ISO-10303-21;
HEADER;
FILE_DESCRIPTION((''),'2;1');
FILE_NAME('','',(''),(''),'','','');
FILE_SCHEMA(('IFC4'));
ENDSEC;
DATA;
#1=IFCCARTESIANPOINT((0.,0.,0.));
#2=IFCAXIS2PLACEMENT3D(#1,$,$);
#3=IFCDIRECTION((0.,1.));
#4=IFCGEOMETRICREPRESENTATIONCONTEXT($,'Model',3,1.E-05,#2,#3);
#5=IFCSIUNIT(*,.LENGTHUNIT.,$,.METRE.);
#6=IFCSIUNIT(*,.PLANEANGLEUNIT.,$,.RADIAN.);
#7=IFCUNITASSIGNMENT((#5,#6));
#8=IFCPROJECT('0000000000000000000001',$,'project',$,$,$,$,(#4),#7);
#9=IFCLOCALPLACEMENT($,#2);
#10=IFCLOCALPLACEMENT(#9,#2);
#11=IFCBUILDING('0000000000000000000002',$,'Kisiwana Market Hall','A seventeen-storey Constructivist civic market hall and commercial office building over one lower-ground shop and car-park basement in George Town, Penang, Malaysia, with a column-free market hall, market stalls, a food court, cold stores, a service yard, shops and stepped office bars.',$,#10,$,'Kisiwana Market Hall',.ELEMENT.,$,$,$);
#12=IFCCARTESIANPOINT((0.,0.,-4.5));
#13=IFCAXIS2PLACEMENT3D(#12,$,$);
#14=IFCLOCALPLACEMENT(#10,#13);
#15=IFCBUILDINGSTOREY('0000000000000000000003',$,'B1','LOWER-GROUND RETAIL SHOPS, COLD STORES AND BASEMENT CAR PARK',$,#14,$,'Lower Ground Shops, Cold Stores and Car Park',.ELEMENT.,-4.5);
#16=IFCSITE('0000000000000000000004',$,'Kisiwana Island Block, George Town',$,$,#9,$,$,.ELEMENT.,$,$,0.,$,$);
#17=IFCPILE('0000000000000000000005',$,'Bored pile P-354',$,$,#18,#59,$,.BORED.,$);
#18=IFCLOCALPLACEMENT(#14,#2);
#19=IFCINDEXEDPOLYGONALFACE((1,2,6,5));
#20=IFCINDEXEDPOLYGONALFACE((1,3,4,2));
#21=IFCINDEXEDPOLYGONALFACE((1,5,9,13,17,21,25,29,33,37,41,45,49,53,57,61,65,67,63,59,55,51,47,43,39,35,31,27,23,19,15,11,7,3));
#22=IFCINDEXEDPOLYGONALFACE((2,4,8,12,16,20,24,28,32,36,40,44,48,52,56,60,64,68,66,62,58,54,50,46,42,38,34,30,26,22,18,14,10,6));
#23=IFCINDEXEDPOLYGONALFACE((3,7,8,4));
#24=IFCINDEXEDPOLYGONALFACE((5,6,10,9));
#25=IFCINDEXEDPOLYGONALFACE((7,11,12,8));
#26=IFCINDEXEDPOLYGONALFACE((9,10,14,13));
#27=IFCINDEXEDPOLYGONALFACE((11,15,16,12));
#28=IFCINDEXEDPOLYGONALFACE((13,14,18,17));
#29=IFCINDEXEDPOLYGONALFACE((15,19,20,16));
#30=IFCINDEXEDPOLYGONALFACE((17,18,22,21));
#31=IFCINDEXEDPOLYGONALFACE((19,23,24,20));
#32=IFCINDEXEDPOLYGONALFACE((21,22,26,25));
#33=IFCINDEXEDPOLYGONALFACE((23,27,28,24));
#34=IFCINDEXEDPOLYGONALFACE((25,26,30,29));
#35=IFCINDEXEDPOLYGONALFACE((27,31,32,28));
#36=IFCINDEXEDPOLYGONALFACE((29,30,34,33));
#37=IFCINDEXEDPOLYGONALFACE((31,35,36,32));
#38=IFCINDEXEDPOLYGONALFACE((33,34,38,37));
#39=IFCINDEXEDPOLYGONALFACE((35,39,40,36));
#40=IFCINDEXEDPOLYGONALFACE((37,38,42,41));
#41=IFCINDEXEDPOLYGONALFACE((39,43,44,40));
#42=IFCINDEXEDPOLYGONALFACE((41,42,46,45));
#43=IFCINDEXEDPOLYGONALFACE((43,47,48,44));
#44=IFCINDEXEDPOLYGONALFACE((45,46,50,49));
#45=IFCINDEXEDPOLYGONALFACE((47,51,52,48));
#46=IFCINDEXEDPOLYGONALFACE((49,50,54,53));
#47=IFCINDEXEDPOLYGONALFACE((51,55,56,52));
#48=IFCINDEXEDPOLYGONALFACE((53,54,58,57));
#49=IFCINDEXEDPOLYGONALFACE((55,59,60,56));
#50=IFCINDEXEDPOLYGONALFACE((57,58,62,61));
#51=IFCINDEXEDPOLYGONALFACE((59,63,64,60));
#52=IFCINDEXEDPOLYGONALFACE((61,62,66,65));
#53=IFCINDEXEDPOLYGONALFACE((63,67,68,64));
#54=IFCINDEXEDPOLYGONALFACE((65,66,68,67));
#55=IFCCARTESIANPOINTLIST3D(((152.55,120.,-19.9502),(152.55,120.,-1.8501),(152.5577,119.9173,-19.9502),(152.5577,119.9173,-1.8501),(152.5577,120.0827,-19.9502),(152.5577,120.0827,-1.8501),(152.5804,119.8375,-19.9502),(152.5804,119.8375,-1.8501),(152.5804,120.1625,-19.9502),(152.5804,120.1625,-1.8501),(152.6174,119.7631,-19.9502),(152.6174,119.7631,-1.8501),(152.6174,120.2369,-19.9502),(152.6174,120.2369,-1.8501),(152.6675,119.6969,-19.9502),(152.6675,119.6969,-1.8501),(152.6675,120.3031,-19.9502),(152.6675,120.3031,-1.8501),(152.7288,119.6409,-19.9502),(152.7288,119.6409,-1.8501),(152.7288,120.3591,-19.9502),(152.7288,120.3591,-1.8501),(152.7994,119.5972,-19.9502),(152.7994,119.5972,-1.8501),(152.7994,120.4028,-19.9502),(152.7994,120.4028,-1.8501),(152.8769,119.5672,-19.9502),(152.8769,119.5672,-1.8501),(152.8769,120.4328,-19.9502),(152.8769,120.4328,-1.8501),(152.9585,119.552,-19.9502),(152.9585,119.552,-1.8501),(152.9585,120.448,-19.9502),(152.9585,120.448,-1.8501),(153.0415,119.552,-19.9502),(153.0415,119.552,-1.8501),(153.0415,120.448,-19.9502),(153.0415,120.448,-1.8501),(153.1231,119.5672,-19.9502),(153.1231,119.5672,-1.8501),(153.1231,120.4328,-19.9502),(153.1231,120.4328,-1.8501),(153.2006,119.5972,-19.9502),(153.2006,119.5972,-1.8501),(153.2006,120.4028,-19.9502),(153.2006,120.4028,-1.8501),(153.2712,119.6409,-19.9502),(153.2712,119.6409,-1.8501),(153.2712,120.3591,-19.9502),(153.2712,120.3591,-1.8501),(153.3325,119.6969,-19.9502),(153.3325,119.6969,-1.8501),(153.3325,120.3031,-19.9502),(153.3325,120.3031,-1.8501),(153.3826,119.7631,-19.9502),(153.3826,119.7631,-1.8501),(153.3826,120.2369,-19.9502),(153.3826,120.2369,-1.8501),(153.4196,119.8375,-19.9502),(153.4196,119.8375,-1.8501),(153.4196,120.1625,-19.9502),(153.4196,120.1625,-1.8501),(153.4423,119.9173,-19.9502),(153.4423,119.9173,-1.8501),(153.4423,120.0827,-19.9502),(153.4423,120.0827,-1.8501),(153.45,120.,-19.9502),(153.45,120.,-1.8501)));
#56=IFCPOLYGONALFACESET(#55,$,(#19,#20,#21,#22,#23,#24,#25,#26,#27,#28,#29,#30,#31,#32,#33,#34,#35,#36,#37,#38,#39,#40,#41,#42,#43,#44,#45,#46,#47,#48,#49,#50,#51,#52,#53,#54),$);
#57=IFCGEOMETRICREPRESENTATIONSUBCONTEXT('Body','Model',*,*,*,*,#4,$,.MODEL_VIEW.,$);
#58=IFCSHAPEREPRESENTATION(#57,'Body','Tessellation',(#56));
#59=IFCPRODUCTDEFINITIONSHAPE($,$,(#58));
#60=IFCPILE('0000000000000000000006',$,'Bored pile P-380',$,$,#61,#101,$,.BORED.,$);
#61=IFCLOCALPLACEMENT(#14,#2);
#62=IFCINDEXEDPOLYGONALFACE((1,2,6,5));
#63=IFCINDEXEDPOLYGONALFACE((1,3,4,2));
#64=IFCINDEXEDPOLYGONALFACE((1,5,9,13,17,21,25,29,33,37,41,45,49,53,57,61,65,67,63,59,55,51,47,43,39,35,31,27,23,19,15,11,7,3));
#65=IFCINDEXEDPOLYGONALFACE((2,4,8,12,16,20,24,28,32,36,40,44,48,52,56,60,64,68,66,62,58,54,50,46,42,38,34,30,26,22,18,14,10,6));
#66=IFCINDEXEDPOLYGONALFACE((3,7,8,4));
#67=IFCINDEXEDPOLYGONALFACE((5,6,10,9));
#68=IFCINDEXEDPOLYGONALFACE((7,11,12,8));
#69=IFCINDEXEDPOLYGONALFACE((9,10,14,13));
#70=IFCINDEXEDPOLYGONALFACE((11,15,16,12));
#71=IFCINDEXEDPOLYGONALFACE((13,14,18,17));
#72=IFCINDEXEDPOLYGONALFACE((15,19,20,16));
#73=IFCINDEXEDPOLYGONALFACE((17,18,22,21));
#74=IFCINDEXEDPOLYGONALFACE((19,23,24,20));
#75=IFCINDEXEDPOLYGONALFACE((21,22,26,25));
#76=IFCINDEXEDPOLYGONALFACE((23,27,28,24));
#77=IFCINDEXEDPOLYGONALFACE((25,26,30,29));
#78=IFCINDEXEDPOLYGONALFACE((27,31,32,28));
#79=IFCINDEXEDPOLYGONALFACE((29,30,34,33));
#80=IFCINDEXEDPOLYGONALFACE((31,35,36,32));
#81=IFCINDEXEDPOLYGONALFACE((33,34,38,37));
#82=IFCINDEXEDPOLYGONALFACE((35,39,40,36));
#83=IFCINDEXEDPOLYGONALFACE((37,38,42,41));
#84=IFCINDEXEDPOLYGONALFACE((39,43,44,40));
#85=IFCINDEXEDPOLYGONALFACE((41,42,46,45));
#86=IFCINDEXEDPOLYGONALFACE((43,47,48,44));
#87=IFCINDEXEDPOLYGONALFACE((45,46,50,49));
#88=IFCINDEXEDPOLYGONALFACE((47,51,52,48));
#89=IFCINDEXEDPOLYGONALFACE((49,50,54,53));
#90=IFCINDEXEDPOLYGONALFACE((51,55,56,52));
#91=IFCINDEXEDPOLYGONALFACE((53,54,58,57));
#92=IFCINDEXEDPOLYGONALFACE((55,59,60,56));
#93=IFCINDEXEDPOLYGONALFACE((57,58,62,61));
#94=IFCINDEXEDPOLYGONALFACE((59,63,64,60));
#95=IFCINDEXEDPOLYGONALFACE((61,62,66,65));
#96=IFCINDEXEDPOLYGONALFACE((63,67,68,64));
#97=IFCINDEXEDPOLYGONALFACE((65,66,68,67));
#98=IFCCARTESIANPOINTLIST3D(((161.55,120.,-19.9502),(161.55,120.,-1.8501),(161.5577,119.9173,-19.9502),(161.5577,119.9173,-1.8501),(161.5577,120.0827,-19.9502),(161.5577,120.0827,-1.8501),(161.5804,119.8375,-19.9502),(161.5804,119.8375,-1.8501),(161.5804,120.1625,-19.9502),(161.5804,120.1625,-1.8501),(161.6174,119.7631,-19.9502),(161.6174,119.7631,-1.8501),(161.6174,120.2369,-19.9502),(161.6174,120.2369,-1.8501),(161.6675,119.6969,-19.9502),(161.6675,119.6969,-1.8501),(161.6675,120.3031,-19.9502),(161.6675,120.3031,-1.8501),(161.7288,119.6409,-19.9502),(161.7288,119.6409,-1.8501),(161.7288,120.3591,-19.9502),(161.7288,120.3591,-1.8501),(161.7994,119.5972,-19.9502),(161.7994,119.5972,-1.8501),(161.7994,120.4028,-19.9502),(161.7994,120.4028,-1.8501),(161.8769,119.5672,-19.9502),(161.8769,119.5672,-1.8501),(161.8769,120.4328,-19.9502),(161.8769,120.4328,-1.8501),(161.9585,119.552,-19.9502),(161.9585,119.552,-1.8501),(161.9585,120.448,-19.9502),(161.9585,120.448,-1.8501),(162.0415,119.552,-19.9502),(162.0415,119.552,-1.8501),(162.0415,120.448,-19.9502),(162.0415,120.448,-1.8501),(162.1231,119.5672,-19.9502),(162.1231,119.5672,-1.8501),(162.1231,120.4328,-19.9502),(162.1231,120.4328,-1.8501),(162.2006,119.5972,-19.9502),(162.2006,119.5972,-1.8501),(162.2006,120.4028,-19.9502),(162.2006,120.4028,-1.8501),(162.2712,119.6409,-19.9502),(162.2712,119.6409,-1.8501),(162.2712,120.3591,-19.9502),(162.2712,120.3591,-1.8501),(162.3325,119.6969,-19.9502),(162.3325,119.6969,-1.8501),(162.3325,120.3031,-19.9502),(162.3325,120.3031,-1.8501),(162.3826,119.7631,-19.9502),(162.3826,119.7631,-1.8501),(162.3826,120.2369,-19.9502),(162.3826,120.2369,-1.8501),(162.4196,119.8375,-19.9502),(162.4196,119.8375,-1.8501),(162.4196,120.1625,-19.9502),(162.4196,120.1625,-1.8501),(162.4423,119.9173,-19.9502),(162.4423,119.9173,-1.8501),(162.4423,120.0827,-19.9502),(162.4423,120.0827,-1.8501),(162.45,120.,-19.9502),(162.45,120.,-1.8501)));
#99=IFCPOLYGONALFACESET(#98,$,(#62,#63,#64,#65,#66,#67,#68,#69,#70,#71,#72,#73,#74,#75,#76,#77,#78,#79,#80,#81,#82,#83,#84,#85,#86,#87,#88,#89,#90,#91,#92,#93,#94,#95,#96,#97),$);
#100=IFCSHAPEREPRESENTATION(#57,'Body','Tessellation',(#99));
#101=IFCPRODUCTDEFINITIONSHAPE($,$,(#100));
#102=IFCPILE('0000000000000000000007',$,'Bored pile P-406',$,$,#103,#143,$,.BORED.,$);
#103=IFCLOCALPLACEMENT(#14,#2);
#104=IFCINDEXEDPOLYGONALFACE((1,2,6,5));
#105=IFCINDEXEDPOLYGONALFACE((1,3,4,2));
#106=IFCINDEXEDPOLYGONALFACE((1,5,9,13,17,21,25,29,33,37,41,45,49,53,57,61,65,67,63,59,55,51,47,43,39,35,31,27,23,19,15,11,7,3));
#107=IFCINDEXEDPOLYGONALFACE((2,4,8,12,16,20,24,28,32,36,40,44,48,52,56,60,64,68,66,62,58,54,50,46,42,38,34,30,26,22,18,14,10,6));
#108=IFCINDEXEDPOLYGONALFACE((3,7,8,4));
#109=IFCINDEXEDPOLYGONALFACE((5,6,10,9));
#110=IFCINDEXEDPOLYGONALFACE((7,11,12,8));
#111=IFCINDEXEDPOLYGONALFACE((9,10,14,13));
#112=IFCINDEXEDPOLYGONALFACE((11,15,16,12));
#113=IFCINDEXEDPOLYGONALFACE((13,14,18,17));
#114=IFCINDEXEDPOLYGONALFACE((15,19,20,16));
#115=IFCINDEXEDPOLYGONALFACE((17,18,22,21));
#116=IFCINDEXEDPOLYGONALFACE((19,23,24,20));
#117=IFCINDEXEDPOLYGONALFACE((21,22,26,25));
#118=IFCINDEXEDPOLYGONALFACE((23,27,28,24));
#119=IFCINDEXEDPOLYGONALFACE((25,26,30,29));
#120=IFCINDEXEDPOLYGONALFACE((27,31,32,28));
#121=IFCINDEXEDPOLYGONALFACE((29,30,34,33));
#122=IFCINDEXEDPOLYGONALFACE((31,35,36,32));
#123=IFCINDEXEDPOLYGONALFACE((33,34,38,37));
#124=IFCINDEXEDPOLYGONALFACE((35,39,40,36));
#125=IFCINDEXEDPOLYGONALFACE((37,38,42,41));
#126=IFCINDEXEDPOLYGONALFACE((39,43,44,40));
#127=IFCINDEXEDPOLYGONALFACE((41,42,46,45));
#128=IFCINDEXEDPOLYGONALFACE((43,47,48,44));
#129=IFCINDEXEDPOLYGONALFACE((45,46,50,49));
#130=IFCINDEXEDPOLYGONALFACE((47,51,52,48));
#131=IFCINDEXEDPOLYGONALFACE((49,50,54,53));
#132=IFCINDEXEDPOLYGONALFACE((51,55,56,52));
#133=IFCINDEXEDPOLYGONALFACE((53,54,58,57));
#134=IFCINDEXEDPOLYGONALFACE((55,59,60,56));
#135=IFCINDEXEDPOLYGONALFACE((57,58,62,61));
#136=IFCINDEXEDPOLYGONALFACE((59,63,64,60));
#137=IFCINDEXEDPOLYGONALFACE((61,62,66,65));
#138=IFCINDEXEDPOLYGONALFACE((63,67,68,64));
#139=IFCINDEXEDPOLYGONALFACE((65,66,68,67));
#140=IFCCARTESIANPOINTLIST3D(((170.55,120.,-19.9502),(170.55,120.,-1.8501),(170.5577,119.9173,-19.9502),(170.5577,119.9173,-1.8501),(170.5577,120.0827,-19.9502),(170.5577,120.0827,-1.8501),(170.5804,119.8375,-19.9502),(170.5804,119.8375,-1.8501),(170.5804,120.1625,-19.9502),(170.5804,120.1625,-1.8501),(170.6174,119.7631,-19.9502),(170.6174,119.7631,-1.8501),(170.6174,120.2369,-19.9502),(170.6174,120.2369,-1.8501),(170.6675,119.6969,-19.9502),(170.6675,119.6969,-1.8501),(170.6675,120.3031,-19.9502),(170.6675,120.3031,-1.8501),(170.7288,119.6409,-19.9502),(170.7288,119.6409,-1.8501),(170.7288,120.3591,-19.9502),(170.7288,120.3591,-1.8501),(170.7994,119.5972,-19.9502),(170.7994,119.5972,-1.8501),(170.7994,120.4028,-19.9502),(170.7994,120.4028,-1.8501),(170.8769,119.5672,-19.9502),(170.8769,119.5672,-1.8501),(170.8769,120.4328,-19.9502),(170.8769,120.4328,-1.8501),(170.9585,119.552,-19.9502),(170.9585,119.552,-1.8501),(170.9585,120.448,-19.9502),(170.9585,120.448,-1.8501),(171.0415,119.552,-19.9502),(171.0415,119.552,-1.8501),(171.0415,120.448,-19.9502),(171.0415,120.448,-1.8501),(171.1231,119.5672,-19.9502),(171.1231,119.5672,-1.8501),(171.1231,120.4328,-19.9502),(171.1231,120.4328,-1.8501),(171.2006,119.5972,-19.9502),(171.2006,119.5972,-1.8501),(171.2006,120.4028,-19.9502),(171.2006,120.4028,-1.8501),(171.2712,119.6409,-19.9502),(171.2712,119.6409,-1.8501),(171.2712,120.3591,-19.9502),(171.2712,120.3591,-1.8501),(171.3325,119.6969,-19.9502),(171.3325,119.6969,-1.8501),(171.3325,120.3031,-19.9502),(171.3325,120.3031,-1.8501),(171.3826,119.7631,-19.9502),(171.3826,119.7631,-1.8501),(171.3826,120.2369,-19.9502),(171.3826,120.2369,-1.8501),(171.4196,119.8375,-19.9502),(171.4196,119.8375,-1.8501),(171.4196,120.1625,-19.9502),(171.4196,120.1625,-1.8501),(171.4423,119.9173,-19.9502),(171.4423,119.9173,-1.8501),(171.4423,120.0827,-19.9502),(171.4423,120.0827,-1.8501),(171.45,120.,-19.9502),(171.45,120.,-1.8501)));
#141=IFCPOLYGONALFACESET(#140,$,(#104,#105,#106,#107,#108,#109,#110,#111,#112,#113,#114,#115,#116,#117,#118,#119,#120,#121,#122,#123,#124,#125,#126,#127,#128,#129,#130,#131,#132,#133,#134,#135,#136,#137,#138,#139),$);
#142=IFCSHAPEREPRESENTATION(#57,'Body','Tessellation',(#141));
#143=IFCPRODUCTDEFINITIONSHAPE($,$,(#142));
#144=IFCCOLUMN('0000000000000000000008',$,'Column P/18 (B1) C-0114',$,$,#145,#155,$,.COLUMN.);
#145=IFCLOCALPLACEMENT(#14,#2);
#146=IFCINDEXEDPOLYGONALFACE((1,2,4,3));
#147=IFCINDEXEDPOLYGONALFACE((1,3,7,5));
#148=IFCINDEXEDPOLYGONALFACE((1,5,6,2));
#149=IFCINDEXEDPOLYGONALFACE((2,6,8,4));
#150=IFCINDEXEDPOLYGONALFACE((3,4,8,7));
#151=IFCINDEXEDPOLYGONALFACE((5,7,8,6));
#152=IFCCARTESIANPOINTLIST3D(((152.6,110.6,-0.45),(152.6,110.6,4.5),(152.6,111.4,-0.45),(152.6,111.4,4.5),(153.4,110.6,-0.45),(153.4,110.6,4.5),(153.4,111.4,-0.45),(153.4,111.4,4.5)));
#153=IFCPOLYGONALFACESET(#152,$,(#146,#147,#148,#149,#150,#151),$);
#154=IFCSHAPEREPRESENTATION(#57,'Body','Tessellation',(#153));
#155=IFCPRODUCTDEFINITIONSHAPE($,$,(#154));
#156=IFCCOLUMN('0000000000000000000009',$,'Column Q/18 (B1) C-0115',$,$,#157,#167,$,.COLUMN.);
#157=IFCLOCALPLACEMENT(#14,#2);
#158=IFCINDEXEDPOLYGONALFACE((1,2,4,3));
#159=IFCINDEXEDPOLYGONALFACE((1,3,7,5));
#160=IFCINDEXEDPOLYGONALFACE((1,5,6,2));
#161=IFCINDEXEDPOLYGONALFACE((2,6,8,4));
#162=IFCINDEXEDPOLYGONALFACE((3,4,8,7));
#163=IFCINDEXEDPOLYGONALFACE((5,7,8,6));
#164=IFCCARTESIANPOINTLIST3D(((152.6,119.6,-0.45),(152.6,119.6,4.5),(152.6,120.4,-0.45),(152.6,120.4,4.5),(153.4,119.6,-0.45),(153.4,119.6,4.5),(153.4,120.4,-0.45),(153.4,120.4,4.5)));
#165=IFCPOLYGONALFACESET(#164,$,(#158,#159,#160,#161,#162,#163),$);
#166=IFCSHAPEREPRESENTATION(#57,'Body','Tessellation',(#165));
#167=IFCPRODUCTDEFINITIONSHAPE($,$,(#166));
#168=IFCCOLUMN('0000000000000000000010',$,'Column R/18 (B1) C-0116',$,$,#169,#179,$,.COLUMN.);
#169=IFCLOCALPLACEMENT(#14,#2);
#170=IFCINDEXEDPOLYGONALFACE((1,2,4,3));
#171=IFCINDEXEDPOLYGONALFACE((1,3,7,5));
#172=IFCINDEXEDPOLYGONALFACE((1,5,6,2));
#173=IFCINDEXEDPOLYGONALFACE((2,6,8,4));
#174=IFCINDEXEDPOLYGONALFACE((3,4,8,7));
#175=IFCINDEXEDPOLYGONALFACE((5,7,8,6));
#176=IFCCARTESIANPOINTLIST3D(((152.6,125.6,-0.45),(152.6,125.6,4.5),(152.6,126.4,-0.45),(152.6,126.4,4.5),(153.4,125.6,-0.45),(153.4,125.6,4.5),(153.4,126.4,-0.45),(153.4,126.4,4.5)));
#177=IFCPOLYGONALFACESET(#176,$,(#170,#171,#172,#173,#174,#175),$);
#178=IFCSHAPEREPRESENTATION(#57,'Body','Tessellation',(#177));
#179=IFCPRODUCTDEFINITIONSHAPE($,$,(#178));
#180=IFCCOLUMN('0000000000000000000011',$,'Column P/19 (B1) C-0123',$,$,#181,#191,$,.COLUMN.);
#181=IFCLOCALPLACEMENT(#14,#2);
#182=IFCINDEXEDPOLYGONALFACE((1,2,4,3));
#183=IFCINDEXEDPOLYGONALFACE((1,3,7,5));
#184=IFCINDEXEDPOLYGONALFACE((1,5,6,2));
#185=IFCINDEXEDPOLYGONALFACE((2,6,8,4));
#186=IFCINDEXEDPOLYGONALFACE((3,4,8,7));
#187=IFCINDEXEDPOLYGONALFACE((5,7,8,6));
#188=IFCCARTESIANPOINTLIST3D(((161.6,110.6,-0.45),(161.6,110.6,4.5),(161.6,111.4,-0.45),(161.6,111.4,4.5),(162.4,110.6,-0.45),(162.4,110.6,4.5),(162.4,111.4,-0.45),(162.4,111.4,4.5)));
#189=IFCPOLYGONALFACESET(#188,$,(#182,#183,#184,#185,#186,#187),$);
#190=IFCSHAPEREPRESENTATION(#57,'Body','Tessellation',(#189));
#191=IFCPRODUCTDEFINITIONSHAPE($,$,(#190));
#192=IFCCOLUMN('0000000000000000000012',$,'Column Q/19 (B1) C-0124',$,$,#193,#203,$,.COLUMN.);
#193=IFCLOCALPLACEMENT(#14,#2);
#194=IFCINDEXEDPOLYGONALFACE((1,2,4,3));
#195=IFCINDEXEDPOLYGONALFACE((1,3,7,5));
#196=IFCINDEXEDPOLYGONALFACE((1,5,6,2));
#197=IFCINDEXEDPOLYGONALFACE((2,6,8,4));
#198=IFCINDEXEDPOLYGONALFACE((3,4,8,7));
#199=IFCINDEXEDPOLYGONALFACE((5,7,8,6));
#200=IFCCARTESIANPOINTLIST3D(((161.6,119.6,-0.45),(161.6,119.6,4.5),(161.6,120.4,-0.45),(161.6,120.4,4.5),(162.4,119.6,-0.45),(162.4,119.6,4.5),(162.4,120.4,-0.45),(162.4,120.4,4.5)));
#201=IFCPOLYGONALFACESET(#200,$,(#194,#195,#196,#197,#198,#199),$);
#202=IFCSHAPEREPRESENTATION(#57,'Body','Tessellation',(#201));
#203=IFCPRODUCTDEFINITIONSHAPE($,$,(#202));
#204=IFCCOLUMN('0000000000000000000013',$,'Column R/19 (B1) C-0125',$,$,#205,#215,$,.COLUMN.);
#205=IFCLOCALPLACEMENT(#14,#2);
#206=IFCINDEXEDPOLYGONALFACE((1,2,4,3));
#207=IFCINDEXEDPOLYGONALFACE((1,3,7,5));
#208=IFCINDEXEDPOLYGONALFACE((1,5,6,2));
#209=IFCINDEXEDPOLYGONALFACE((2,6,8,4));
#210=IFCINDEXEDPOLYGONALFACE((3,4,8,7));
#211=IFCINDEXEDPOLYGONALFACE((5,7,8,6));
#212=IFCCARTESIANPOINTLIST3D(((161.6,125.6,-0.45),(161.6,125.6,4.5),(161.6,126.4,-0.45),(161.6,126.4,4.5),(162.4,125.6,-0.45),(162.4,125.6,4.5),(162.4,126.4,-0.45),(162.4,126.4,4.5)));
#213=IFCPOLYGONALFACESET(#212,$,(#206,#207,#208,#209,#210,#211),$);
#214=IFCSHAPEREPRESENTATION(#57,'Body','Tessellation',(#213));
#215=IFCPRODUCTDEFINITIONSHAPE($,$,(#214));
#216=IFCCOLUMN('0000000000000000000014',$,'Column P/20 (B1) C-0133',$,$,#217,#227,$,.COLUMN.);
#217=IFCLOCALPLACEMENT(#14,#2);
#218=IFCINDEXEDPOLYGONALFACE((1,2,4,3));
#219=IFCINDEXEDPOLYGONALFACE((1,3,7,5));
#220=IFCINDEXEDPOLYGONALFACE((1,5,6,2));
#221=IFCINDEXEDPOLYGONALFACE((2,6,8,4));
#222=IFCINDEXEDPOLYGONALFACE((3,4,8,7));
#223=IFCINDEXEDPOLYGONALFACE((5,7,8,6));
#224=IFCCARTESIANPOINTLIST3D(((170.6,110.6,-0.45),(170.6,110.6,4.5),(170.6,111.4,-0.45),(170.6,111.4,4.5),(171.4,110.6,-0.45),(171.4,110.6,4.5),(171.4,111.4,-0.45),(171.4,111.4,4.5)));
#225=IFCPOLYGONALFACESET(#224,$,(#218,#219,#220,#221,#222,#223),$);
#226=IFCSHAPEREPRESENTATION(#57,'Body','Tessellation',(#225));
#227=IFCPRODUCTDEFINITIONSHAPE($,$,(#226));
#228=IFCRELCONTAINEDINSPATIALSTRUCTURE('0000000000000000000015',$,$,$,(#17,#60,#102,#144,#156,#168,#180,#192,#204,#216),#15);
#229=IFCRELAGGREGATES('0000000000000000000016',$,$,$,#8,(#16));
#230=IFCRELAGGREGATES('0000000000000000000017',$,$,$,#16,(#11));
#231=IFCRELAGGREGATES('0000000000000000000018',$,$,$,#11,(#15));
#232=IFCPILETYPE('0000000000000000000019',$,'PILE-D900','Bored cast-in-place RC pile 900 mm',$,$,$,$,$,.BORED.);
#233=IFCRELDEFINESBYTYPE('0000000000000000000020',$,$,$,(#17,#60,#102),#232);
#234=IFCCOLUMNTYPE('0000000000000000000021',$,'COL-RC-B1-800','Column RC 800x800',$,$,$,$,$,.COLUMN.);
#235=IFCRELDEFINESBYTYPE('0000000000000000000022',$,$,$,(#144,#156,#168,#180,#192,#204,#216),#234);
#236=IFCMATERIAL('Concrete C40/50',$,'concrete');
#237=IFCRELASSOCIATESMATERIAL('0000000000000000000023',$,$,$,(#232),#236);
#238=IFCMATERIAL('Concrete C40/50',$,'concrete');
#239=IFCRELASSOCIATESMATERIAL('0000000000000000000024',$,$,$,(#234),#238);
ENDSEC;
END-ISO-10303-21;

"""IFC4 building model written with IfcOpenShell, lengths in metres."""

from ifc_helpers import new_model, si_unit, direction, frame, origin, origin_2d, place, context, subcontext, project, spatial, rectangle, circle, extrude, material, material_profile, profile_set, type_object, element, save


model = new_model("IFC4")

# Units and contexts
model_context = context("Model", 3, precision=1e-05, world=origin(), true_north=direction((0.0, 1.0)))
body_context = subcontext(model_context, "Body", "Model", "MODEL_VIEW")
ifc_project = project(units=[si_unit("LENGTHUNIT", "METRE"), si_unit("PLANEANGLEUNIT", "RADIAN")], contexts=[model_context])

# Site, building, storey
site_placement = place(None, origin())
site = spatial("IfcSite", under=ifc_project, at=site_placement, Name="Kisiwana Island Block, George Town", CompositionType="ELEMENT", RefElevation=0.0)
building_placement = place(site_placement, origin())
building = spatial("IfcBuilding", under=site, at=building_placement, Name="Kisiwana Market Hall", Description="A seventeen-storey Constructivist civic market hall and commercial office building over one lower-ground shop and car-park basement in George Town, Penang, Malaysia, with a column-free market hall, market stalls, a food court, cold stores, a service yard, shops and stepped office bars.", LongName="Kisiwana Market Hall", CompositionType="ELEMENT")
storey_placement = place(building_placement, frame((0.0, 0.0, -4.5)))
storey = spatial("IfcBuildingStorey", under=building, at=storey_placement, Name="B1", Description="LOWER-GROUND RETAIL SHOPS, COLD STORES AND BASEMENT CAR PARK", LongName="Lower Ground Shops, Cold Stores and Car Park", CompositionType="ELEMENT", Elevation=-4.5)

# Piles
ifc_material_1 = material(Name="Concrete C40/50", Category="concrete")
ifc_material_profile_1 = material_profile(ifc_material_1, circle(Radius=0.45, at=origin_2d()), Name="BP D900")
ifc_profile_set_1 = profile_set([ifc_material_profile_1], Name="Concrete C40/50")
pile_type_1 = type_object("IfcPileType", Name="PILE-D900", Description="Bored cast-in-place RC pile 900 mm", PredefinedType="BORED", material=ifc_profile_set_1)
for number, where, z_axis, x_axis, name in (
    (1, (153.0, 120.0, -1.8501), (0.0, 0.0, -1.0), (1.0, 0.0, 0.0), "Bored pile P-354"),
    (2, (162.0, 120.0, -1.8501), (0.0, 0.0, -1.0), (1.0, 0.0, 0.0), "Bored pile P-380"),
    (3, (171.0, 120.0, -1.8501), (0.0, 0.0, -1.0), (1.0, 0.0, 0.0), "Bored pile P-406"),
):
    element("IfcPile", number, at=place(storey_placement, frame(where, z_axis=z_axis, x_axis=x_axis)), inside=storey, type_object=pile_type_1, Name=name, PredefinedType="BORED", context=body_context, shape_type="SweptSolid", body=[
        extrude(circle(Radius=0.45, at=origin_2d()), origin(), (0.0, 0.0, 1.0), 18.1001),
    ])

# Columns
ifc_material_2 = material(Name="Concrete C40/50", Category="concrete")
ifc_material_profile_2 = material_profile(ifc_material_2, rectangle(XDim=0.8, YDim=0.8, at=origin_2d()), Name="RC 800x800")
ifc_profile_set_2 = profile_set([ifc_material_profile_2], Name="Concrete C40/50")
column_type = type_object("IfcColumnType", Name="COL-RC-B1-800", Description="Column RC 800x800", PredefinedType="COLUMN", material=ifc_profile_set_2)
for number, where, z_axis, x_axis, name in (
    (4, (153.0, 111.0, -0.45), (0.0, 0.0, 1.0), (1.0, 0.0, 0.0), "Column P/18 (B1) C-0114"),
    (5, (153.0, 120.0, -0.45), (0.0, 0.0, 1.0), (1.0, 0.0, 0.0), "Column Q/18 (B1) C-0115"),
    (6, (153.0, 126.0, -0.45), (0.0, 0.0, 1.0), (1.0, 0.0, 0.0), "Column R/18 (B1) C-0116"),
    (7, (162.0, 111.0, -0.45), (0.0, 0.0, 1.0), (1.0, 0.0, 0.0), "Column P/19 (B1) C-0123"),
    (8, (162.0, 120.0, -0.45), (0.0, 0.0, 1.0), (1.0, 0.0, 0.0), "Column Q/19 (B1) C-0124"),
    (9, (162.0, 126.0, -0.45), (0.0, 0.0, 1.0), (1.0, 0.0, 0.0), "Column R/19 (B1) C-0125"),
    (10, (171.0, 111.0, -0.45), (0.0, 0.0, 1.0), (1.0, 0.0, 0.0), "Column P/20 (B1) C-0133"),
):
    element("IfcColumn", number, at=place(storey_placement, frame(where, z_axis=z_axis, x_axis=x_axis)), inside=storey, type_object=column_type, Name=name, PredefinedType="COLUMN", context=body_context, shape_type="SweptSolid", body=[
        extrude(rectangle(XDim=0.8, YDim=0.8, at=origin_2d()), origin(), (0.0, 0.0, 1.0), 4.95),
    ])

save(model, "model.ifc")
